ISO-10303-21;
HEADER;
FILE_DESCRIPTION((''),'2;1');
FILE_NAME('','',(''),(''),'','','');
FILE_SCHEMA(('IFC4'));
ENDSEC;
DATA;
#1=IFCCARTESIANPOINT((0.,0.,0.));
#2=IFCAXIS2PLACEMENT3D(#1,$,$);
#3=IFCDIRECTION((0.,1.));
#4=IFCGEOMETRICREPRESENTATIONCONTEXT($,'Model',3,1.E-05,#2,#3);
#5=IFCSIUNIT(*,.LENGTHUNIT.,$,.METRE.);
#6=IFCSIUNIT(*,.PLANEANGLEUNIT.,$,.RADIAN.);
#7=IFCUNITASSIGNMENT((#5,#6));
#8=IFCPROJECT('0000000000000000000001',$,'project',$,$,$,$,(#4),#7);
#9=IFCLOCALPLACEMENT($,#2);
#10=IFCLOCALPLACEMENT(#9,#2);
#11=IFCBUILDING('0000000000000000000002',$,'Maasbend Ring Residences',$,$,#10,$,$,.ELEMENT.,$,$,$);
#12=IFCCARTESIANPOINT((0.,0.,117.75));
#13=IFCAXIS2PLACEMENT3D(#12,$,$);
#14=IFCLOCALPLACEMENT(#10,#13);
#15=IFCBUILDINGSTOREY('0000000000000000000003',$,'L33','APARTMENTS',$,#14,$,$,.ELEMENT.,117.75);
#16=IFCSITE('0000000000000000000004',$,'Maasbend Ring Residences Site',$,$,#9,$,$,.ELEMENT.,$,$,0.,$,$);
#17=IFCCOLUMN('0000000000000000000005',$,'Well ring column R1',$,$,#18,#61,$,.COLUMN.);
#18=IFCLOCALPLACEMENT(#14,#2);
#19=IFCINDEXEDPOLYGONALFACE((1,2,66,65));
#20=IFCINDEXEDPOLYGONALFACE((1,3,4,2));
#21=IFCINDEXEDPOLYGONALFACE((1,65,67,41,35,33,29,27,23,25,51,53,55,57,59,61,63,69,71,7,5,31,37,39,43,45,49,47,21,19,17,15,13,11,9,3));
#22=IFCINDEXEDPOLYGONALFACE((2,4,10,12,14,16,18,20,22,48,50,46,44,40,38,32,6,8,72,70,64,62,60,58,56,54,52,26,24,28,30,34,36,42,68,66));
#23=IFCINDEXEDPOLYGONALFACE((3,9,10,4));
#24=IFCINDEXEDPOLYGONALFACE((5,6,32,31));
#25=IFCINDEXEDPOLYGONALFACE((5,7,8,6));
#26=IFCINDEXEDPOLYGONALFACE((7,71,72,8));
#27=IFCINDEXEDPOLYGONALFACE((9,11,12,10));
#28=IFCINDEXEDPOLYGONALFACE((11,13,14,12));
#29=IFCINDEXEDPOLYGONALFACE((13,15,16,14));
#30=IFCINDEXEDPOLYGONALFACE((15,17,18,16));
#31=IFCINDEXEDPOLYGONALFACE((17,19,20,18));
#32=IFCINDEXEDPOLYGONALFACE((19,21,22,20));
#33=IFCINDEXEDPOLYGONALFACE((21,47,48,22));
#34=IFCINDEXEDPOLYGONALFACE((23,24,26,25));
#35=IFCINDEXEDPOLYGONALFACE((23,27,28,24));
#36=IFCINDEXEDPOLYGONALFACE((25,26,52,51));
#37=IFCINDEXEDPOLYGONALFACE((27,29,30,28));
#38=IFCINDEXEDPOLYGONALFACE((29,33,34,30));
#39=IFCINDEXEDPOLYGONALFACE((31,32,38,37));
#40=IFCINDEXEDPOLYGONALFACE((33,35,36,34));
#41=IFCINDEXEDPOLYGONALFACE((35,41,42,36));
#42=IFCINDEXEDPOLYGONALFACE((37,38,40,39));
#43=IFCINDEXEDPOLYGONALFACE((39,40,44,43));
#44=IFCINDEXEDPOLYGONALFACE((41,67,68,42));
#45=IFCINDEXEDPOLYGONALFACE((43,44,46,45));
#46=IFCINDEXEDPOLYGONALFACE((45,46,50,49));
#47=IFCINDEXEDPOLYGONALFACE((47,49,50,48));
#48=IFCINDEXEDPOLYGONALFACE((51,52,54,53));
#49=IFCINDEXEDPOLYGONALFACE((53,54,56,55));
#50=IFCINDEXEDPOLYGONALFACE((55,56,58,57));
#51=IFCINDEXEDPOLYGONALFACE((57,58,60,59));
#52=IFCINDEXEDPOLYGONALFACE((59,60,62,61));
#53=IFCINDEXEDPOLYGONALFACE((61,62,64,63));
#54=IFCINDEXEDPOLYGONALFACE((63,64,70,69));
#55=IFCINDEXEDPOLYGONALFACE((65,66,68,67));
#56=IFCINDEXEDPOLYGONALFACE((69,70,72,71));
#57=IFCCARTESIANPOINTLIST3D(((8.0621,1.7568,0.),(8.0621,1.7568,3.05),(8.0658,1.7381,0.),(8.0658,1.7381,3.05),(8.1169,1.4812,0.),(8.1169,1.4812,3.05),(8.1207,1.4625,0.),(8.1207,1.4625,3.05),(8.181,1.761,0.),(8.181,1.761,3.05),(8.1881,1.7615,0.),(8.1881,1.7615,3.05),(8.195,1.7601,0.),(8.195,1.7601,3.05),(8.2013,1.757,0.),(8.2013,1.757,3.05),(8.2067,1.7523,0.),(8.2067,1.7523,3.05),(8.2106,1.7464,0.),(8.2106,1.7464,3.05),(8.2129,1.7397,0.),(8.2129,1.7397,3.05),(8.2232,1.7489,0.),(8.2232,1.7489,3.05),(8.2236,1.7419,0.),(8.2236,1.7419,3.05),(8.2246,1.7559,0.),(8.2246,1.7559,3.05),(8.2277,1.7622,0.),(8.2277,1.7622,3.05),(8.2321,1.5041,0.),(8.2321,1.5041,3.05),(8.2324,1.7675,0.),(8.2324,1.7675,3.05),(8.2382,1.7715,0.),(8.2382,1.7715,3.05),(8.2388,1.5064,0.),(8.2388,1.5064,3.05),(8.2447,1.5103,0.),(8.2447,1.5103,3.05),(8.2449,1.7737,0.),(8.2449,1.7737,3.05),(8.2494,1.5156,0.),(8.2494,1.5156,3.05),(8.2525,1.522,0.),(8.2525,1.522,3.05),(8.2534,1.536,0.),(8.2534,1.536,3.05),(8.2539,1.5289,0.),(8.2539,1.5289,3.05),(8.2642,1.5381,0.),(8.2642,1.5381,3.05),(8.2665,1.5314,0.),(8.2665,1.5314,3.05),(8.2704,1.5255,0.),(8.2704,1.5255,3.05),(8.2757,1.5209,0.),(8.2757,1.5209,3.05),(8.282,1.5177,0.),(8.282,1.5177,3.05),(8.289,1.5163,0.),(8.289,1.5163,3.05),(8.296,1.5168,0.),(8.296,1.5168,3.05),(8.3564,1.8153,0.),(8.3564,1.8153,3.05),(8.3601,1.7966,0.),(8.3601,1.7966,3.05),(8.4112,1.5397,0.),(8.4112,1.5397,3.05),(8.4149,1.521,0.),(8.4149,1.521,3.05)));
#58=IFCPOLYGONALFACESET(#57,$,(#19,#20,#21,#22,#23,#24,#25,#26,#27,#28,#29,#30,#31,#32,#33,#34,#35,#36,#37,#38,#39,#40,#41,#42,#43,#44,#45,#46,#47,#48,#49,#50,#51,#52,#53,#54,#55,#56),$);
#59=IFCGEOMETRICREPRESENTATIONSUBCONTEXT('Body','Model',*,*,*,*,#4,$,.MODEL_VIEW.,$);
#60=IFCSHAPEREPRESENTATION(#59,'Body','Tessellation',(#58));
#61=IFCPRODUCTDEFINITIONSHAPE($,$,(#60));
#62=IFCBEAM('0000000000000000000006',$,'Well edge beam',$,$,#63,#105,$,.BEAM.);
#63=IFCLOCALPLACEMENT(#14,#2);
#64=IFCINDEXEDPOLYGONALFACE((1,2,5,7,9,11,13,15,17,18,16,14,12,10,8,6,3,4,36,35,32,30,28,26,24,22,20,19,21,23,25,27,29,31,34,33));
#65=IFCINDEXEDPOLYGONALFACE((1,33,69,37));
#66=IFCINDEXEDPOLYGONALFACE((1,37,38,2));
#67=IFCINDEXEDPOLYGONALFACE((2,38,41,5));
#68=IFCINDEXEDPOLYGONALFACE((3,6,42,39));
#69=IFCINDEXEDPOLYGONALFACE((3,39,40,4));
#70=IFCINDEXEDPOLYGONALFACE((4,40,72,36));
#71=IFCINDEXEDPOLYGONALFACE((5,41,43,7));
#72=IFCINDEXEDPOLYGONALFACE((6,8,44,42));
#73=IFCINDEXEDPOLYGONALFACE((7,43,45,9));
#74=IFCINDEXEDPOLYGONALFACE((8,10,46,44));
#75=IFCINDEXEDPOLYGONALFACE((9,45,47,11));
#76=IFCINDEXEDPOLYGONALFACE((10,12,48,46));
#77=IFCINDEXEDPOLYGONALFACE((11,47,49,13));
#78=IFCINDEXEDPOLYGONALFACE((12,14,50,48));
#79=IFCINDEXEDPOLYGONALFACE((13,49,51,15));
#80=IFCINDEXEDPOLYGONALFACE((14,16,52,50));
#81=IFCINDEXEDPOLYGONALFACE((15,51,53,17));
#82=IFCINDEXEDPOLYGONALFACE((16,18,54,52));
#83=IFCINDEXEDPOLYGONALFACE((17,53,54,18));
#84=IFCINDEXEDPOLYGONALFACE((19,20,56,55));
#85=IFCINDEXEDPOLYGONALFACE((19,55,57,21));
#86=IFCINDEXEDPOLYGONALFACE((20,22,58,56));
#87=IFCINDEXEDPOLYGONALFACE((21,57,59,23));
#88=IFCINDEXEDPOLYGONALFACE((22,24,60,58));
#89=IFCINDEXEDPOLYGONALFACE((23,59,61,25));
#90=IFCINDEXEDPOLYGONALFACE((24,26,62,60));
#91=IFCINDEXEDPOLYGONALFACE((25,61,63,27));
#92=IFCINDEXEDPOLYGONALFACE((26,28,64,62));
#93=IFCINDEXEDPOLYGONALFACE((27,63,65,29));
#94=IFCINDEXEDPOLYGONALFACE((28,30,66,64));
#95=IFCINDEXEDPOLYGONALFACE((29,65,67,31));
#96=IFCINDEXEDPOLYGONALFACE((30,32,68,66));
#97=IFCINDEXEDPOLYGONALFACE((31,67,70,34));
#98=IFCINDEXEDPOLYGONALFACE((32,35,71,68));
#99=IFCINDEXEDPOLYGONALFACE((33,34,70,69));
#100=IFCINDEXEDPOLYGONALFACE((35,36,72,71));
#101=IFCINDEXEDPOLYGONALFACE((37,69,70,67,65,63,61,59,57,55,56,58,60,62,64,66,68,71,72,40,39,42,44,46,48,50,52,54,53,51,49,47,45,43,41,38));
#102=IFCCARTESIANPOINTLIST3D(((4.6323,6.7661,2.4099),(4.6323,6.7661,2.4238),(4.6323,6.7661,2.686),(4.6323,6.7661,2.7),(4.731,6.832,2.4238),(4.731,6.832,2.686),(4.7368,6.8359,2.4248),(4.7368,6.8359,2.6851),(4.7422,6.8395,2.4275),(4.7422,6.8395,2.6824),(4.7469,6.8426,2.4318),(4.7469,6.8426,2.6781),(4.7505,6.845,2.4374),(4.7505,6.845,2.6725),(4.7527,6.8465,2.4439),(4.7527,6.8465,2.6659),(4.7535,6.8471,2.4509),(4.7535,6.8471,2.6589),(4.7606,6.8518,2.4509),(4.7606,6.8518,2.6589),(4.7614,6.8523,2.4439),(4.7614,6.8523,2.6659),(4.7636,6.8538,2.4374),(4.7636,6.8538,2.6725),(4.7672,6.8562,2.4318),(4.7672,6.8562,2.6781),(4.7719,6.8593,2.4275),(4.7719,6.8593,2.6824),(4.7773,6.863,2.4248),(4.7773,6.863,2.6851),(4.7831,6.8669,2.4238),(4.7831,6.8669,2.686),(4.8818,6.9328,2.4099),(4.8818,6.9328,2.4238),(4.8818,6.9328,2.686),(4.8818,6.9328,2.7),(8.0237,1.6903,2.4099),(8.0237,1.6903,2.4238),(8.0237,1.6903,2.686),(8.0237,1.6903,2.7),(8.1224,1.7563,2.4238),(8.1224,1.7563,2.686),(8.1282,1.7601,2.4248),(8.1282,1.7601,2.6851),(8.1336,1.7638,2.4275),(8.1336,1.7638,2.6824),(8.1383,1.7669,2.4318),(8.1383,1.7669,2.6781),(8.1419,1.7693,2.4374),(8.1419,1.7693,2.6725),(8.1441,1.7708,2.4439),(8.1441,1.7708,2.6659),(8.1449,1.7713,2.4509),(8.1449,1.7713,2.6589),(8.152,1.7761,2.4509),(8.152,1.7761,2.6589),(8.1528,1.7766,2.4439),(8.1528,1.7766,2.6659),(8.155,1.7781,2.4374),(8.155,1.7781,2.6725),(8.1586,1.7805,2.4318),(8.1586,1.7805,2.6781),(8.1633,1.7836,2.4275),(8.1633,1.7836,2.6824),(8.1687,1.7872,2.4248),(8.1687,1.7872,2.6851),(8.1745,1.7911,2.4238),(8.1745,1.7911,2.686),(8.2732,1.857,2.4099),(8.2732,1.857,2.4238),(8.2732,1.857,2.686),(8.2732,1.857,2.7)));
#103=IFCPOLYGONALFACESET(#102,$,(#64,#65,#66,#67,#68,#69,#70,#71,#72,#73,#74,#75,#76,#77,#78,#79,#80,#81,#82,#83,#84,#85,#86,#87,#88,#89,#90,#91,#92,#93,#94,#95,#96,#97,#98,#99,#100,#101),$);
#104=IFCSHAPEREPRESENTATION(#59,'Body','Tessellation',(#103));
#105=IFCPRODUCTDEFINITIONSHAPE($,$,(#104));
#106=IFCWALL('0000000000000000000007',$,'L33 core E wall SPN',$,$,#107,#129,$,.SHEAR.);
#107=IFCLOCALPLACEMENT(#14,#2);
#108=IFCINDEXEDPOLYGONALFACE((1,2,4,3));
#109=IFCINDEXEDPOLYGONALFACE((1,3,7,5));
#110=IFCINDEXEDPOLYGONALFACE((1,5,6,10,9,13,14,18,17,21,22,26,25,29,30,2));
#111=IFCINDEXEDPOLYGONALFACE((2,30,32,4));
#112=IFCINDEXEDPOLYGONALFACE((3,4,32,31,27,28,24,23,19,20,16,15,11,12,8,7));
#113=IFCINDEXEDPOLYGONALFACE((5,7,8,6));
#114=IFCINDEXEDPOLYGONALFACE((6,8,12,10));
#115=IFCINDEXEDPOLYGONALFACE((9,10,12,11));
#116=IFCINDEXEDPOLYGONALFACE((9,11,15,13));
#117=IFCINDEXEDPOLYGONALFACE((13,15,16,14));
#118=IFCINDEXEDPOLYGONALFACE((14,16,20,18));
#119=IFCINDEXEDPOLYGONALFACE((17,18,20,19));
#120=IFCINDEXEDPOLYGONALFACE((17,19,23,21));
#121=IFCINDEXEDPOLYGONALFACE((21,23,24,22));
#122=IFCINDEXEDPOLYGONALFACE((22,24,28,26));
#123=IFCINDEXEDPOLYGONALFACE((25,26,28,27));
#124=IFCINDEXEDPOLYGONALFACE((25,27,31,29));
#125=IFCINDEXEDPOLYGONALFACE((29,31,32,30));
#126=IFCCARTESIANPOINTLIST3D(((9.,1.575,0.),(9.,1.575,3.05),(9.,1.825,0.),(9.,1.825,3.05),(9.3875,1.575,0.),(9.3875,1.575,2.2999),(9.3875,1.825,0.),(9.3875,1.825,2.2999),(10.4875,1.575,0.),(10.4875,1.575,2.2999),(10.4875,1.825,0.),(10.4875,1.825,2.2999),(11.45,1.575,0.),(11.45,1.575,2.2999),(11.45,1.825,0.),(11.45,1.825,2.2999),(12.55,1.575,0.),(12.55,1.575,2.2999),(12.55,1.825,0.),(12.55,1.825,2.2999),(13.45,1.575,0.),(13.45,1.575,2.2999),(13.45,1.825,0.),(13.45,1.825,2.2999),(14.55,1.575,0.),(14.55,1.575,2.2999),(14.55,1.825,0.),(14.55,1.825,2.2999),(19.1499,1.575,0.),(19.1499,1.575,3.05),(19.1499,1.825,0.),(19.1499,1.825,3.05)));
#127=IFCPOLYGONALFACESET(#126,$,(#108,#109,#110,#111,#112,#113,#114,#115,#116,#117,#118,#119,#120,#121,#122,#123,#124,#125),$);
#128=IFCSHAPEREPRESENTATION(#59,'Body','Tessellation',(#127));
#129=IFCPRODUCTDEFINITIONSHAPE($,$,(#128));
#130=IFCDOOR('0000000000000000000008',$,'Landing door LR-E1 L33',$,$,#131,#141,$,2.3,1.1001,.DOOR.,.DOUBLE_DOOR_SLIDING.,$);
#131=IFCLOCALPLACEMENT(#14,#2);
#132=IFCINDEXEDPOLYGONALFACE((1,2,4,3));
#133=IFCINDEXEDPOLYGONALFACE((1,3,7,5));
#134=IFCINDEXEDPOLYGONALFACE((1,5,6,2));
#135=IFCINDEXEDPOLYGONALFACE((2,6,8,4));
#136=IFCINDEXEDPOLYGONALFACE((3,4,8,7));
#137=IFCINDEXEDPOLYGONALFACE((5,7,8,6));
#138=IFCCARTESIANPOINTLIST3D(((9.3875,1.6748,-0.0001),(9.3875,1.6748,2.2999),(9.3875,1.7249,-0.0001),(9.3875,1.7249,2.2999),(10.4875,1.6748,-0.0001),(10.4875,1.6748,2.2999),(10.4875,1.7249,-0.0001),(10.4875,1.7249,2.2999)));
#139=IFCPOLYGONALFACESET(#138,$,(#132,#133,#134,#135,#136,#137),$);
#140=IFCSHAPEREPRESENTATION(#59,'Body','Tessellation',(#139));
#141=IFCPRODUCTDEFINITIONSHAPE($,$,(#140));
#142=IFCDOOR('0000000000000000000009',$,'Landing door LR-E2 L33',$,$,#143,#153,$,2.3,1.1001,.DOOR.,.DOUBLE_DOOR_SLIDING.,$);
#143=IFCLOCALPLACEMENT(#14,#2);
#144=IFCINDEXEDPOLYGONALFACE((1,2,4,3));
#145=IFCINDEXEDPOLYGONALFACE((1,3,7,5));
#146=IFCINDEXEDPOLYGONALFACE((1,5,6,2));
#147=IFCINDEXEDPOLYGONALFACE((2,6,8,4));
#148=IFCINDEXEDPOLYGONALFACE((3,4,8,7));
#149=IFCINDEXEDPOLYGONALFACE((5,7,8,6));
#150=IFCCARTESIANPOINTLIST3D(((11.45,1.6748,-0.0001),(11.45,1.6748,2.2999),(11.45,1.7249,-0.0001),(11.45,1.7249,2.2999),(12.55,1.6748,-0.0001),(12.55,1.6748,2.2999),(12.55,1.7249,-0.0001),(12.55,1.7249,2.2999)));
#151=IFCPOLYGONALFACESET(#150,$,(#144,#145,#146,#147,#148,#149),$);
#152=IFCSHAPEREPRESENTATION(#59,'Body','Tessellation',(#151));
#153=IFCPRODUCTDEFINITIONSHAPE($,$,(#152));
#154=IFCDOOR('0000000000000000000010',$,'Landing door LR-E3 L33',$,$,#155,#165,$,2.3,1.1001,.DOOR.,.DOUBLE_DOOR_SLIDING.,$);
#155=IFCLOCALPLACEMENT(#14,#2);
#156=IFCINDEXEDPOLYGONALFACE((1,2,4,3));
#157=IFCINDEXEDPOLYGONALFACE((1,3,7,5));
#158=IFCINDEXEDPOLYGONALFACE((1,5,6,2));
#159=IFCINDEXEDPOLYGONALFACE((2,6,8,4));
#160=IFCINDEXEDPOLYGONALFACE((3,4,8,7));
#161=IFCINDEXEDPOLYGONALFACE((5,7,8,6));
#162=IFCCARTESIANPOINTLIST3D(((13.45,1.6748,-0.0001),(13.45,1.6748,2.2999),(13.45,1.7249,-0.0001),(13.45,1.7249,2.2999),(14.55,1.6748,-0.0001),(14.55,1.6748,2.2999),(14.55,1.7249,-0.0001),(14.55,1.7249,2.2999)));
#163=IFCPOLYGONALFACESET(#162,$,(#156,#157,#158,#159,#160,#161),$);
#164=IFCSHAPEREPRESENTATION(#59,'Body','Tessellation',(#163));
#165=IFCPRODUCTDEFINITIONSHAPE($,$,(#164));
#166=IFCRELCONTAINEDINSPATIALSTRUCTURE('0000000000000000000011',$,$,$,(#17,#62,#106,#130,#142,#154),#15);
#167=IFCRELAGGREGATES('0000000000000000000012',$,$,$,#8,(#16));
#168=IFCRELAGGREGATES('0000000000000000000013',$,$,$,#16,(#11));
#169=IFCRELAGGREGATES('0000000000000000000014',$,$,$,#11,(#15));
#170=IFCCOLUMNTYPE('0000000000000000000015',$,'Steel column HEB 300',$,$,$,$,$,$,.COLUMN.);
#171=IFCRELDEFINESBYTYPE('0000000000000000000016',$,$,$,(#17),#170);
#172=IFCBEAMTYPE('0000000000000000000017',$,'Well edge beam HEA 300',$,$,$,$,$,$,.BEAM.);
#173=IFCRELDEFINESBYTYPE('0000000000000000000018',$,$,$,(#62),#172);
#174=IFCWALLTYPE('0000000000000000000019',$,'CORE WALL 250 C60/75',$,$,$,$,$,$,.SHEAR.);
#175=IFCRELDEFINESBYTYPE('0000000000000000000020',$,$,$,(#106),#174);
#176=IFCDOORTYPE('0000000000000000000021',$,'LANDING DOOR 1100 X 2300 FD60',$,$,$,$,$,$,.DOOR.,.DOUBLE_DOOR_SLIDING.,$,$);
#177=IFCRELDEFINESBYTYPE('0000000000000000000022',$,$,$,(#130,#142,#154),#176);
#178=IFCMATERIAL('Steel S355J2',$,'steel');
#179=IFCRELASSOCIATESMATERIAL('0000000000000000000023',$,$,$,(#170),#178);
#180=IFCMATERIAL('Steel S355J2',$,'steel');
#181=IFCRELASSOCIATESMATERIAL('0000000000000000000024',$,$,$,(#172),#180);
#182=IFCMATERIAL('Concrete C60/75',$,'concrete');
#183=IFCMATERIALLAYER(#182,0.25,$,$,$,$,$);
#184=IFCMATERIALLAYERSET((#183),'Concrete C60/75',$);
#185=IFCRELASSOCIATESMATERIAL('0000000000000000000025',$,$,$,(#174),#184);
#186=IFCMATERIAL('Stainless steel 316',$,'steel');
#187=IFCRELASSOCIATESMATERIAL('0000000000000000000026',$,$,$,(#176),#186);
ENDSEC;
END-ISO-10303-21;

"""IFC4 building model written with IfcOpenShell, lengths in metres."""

from ifc_helpers import new_model, si_unit, direction, frame, frame_2d, origin, origin_2d, place, context, subcontext, project, spatial, rectangle, i_section, extrude, material, layer, layer_set, material_profile, profile_set, type_object, element, fill, save


model = new_model("IFC4")

# Units and contexts
model_context = context("Model", 3, precision=1e-05, world=origin(), true_north=direction((0.0, 1.0)))
body_context = subcontext(model_context, "Body", "Model", "MODEL_VIEW")
ifc_project = project(units=[si_unit("LENGTHUNIT", "METRE"), si_unit("PLANEANGLEUNIT", "RADIAN")], contexts=[model_context])

# Site, building, storey
site_placement = place(None, origin())
site = spatial("IfcSite", under=ifc_project, at=site_placement, Name="Maasbend Ring Residences Site", CompositionType="ELEMENT", RefElevation=0.0)
building_placement = place(site_placement, origin())
building = spatial("IfcBuilding", under=site, at=building_placement, Name="Maasbend Ring Residences", CompositionType="ELEMENT")
storey_placement = place(building_placement, frame((0.0, 0.0, 117.75)))
storey = spatial("IfcBuildingStorey", under=building, at=storey_placement, Name="L33", Description="APARTMENTS", CompositionType="ELEMENT", Elevation=117.75)

# Column
ifc_material_1 = material(Name="Steel S355J2", Category="steel")
ifc_material_profile_1 = material_profile(ifc_material_1, i_section(OverallWidth=0.3, OverallDepth=0.3, WebThickness=0.011, FlangeThickness=0.019, FilletRadius=0.0271, at=origin_2d()), Name="HEB 300")
ifc_profile_set_1 = profile_set([ifc_material_profile_1], Name="Steel S355J2")
column_type = type_object("IfcColumnType", Name="Steel column HEB 300", PredefinedType="COLUMN", material=ifc_profile_set_1)
column_placement = place(storey_placement, frame((8.2385, 1.6389, 0.0), z_axis=(0.0, 0.0, 1.0), x_axis=(0.980785, 0.19509, 0.0)))
element("IfcColumn", 1, at=column_placement, inside=storey, type_object=column_type, Name="Well ring column R1", PredefinedType="COLUMN", context=body_context, shape_type="SweptSolid", body=[
    extrude(i_section(OverallWidth=0.3, OverallDepth=0.3, WebThickness=0.011, FlangeThickness=0.019, FilletRadius=0.0271, at=origin_2d()), origin(), (0.0, 0.0, 1.0), 3.05),
])

# Beam
ifc_material_2 = material(Name="Steel S355J2", Category="steel")
ifc_material_profile_2 = material_profile(ifc_material_2, i_section(OverallWidth=0.3, OverallDepth=0.29, WebThickness=0.0085, FlangeThickness=0.0139, FilletRadius=0.0271, at=origin_2d()), Name="HEA 300")
ifc_profile_set_2 = profile_set([ifc_material_profile_2], Name="Steel S355J2")
beam_type = type_object("IfcBeamType", Name="Well edge beam HEA 300", PredefinedType="BEAM", material=ifc_profile_set_2)
beam_placement = place(storey_placement, frame((8.1484, 1.7737, 2.5549), z_axis=(-0.555558, 0.831478, 0.0), x_axis=(-0.831478, -0.555558, 0.0)))
element("IfcBeam", 2, at=beam_placement, inside=storey, type_object=beam_type, Name="Well edge beam", PredefinedType="BEAM", context=body_context, shape_type="SweptSolid", body=[
    extrude(i_section(OverallWidth=0.3, OverallDepth=0.29, WebThickness=0.0085, FlangeThickness=0.0139, FilletRadius=0.0271, at=origin_2d()), origin(), (0.0, 0.0, 1.0), 6.1045),
])

# Wall, openings, doors
ifc_material_3 = material(Name="Concrete C60/75", Category="concrete")
ifc_layer_1 = layer(ifc_material_3, 0.25)
ifc_layer_set_1 = layer_set([ifc_layer_1], Name="Concrete C60/75")
wall_type_1 = type_object("IfcWallType", Name="CORE WALL 250 C60/75", PredefinedType="SHEAR", material=ifc_layer_set_1)
wall_1_placement = place(storey_placement, frame((9.0, 1.7, 0.0), z_axis=(0.0, 0.0, 1.0), x_axis=(1.0, 0.0, 0.0)))
wall_1 = element("IfcWall", 3, at=wall_1_placement, inside=storey, type_object=wall_type_1, Name="L33 core E wall SPN", PredefinedType="SHEAR", context=body_context, shape_type="SweptSolid", body=[
    extrude(rectangle(XDim=10.1499, YDim=0.25, at=frame_2d((5.075, 0.0))), origin(), (0.0, 0.0, 1.0), 3.05),
])
opening_1_placement = place(wall_1_placement, frame((0.3875, 0.0, 0.0)))
opening_1 = element("IfcOpeningElement", 4, at=opening_1_placement, cuts=wall_1, PredefinedType="OPENING", context=body_context, shape_type="SweptSolid", body=[
    extrude(rectangle(XDim=1.1001, YDim=2.3, at=frame_2d((0.55, 1.1499))), frame((0.0, 0.135, 0.0), z_axis=(0.0, -1.0, 0.0), x_axis=(1.0, 0.0, 0.0)), (0.0, 0.0, 1.0), 0.27),
])
opening_2_placement = place(wall_1_placement, frame((2.45, 0.0, 0.0)))
opening_2 = element("IfcOpeningElement", 5, at=opening_2_placement, cuts=wall_1, PredefinedType="OPENING", context=body_context, shape_type="SweptSolid", body=[
    extrude(rectangle(XDim=1.1001, YDim=2.3, at=frame_2d((0.55, 1.1499))), frame((0.0, 0.135, 0.0), z_axis=(0.0, -1.0, 0.0), x_axis=(1.0, 0.0, 0.0)), (0.0, 0.0, 1.0), 0.27),
])
opening_3_placement = place(wall_1_placement, frame((4.45, 0.0, 0.0)))
opening_3 = element("IfcOpeningElement", 6, at=opening_3_placement, cuts=wall_1, PredefinedType="OPENING", context=body_context, shape_type="SweptSolid", body=[
    extrude(rectangle(XDim=1.1001, YDim=2.3, at=frame_2d((0.55, 1.1499))), frame((0.0, 0.135, 0.0), z_axis=(0.0, -1.0, 0.0), x_axis=(1.0, 0.0, 0.0)), (0.0, 0.0, 1.0), 0.27),
])
ifc_material_4 = material(Name="Stainless steel 316", Category="steel")
door_type_1 = type_object("IfcDoorType", Name="LANDING DOOR 1100 X 2300 FD60", OperationType="DOUBLE_DOOR_SLIDING", PredefinedType="DOOR", material=ifc_material_4)
door_1_placement = place(opening_1_placement, origin())
door_1 = element("IfcDoor", 7, at=door_1_placement, inside=storey, type_object=door_type_1, Name="Landing door LR-E1 L33", OperationType="DOUBLE_DOOR_SLIDING", OverallHeight=2.3, OverallWidth=1.1001, PredefinedType="DOOR", context=body_context, shape_type="SweptSolid", body=[
    extrude(rectangle(XDim=1.1001, YDim=2.3, at=frame_2d((0.55, 1.1499))), frame((0.0, 0.0249, 0.0), z_axis=(0.0, -1.0, 0.0), x_axis=(1.0, 0.0, 0.0)), (0.0, 0.0, 1.0), 0.05),
])
fill(opening_1, door_1)
door_2_placement = place(opening_2_placement, origin())
door_2 = element("IfcDoor", 8, at=door_2_placement, inside=storey, type_object=door_type_1, Name="Landing door LR-E2 L33", OperationType="DOUBLE_DOOR_SLIDING", OverallHeight=2.3, OverallWidth=1.1001, PredefinedType="DOOR", context=body_context, shape_type="SweptSolid", body=[
    extrude(rectangle(XDim=1.1001, YDim=2.3, at=frame_2d((0.55, 1.1499))), frame((0.0, 0.0249, 0.0), z_axis=(0.0, -1.0, 0.0), x_axis=(1.0, 0.0, 0.0)), (0.0, 0.0, 1.0), 0.05),
])
fill(opening_2, door_2)
door_3_placement = place(opening_3_placement, origin())
door_3 = element("IfcDoor", 9, at=door_3_placement, inside=storey, type_object=door_type_1, Name="Landing door LR-E3 L33", OperationType="DOUBLE_DOOR_SLIDING", OverallHeight=2.3, OverallWidth=1.1001, PredefinedType="DOOR", context=body_context, shape_type="SweptSolid", body=[
    extrude(rectangle(XDim=1.1001, YDim=2.3, at=frame_2d((0.55, 1.1499))), frame((0.0, 0.0249, 0.0), z_axis=(0.0, -1.0, 0.0), x_axis=(1.0, 0.0, 0.0)), (0.0, 0.0, 1.0), 0.05),
])
fill(opening_3, door_3)

save(model, "model.ifc")
